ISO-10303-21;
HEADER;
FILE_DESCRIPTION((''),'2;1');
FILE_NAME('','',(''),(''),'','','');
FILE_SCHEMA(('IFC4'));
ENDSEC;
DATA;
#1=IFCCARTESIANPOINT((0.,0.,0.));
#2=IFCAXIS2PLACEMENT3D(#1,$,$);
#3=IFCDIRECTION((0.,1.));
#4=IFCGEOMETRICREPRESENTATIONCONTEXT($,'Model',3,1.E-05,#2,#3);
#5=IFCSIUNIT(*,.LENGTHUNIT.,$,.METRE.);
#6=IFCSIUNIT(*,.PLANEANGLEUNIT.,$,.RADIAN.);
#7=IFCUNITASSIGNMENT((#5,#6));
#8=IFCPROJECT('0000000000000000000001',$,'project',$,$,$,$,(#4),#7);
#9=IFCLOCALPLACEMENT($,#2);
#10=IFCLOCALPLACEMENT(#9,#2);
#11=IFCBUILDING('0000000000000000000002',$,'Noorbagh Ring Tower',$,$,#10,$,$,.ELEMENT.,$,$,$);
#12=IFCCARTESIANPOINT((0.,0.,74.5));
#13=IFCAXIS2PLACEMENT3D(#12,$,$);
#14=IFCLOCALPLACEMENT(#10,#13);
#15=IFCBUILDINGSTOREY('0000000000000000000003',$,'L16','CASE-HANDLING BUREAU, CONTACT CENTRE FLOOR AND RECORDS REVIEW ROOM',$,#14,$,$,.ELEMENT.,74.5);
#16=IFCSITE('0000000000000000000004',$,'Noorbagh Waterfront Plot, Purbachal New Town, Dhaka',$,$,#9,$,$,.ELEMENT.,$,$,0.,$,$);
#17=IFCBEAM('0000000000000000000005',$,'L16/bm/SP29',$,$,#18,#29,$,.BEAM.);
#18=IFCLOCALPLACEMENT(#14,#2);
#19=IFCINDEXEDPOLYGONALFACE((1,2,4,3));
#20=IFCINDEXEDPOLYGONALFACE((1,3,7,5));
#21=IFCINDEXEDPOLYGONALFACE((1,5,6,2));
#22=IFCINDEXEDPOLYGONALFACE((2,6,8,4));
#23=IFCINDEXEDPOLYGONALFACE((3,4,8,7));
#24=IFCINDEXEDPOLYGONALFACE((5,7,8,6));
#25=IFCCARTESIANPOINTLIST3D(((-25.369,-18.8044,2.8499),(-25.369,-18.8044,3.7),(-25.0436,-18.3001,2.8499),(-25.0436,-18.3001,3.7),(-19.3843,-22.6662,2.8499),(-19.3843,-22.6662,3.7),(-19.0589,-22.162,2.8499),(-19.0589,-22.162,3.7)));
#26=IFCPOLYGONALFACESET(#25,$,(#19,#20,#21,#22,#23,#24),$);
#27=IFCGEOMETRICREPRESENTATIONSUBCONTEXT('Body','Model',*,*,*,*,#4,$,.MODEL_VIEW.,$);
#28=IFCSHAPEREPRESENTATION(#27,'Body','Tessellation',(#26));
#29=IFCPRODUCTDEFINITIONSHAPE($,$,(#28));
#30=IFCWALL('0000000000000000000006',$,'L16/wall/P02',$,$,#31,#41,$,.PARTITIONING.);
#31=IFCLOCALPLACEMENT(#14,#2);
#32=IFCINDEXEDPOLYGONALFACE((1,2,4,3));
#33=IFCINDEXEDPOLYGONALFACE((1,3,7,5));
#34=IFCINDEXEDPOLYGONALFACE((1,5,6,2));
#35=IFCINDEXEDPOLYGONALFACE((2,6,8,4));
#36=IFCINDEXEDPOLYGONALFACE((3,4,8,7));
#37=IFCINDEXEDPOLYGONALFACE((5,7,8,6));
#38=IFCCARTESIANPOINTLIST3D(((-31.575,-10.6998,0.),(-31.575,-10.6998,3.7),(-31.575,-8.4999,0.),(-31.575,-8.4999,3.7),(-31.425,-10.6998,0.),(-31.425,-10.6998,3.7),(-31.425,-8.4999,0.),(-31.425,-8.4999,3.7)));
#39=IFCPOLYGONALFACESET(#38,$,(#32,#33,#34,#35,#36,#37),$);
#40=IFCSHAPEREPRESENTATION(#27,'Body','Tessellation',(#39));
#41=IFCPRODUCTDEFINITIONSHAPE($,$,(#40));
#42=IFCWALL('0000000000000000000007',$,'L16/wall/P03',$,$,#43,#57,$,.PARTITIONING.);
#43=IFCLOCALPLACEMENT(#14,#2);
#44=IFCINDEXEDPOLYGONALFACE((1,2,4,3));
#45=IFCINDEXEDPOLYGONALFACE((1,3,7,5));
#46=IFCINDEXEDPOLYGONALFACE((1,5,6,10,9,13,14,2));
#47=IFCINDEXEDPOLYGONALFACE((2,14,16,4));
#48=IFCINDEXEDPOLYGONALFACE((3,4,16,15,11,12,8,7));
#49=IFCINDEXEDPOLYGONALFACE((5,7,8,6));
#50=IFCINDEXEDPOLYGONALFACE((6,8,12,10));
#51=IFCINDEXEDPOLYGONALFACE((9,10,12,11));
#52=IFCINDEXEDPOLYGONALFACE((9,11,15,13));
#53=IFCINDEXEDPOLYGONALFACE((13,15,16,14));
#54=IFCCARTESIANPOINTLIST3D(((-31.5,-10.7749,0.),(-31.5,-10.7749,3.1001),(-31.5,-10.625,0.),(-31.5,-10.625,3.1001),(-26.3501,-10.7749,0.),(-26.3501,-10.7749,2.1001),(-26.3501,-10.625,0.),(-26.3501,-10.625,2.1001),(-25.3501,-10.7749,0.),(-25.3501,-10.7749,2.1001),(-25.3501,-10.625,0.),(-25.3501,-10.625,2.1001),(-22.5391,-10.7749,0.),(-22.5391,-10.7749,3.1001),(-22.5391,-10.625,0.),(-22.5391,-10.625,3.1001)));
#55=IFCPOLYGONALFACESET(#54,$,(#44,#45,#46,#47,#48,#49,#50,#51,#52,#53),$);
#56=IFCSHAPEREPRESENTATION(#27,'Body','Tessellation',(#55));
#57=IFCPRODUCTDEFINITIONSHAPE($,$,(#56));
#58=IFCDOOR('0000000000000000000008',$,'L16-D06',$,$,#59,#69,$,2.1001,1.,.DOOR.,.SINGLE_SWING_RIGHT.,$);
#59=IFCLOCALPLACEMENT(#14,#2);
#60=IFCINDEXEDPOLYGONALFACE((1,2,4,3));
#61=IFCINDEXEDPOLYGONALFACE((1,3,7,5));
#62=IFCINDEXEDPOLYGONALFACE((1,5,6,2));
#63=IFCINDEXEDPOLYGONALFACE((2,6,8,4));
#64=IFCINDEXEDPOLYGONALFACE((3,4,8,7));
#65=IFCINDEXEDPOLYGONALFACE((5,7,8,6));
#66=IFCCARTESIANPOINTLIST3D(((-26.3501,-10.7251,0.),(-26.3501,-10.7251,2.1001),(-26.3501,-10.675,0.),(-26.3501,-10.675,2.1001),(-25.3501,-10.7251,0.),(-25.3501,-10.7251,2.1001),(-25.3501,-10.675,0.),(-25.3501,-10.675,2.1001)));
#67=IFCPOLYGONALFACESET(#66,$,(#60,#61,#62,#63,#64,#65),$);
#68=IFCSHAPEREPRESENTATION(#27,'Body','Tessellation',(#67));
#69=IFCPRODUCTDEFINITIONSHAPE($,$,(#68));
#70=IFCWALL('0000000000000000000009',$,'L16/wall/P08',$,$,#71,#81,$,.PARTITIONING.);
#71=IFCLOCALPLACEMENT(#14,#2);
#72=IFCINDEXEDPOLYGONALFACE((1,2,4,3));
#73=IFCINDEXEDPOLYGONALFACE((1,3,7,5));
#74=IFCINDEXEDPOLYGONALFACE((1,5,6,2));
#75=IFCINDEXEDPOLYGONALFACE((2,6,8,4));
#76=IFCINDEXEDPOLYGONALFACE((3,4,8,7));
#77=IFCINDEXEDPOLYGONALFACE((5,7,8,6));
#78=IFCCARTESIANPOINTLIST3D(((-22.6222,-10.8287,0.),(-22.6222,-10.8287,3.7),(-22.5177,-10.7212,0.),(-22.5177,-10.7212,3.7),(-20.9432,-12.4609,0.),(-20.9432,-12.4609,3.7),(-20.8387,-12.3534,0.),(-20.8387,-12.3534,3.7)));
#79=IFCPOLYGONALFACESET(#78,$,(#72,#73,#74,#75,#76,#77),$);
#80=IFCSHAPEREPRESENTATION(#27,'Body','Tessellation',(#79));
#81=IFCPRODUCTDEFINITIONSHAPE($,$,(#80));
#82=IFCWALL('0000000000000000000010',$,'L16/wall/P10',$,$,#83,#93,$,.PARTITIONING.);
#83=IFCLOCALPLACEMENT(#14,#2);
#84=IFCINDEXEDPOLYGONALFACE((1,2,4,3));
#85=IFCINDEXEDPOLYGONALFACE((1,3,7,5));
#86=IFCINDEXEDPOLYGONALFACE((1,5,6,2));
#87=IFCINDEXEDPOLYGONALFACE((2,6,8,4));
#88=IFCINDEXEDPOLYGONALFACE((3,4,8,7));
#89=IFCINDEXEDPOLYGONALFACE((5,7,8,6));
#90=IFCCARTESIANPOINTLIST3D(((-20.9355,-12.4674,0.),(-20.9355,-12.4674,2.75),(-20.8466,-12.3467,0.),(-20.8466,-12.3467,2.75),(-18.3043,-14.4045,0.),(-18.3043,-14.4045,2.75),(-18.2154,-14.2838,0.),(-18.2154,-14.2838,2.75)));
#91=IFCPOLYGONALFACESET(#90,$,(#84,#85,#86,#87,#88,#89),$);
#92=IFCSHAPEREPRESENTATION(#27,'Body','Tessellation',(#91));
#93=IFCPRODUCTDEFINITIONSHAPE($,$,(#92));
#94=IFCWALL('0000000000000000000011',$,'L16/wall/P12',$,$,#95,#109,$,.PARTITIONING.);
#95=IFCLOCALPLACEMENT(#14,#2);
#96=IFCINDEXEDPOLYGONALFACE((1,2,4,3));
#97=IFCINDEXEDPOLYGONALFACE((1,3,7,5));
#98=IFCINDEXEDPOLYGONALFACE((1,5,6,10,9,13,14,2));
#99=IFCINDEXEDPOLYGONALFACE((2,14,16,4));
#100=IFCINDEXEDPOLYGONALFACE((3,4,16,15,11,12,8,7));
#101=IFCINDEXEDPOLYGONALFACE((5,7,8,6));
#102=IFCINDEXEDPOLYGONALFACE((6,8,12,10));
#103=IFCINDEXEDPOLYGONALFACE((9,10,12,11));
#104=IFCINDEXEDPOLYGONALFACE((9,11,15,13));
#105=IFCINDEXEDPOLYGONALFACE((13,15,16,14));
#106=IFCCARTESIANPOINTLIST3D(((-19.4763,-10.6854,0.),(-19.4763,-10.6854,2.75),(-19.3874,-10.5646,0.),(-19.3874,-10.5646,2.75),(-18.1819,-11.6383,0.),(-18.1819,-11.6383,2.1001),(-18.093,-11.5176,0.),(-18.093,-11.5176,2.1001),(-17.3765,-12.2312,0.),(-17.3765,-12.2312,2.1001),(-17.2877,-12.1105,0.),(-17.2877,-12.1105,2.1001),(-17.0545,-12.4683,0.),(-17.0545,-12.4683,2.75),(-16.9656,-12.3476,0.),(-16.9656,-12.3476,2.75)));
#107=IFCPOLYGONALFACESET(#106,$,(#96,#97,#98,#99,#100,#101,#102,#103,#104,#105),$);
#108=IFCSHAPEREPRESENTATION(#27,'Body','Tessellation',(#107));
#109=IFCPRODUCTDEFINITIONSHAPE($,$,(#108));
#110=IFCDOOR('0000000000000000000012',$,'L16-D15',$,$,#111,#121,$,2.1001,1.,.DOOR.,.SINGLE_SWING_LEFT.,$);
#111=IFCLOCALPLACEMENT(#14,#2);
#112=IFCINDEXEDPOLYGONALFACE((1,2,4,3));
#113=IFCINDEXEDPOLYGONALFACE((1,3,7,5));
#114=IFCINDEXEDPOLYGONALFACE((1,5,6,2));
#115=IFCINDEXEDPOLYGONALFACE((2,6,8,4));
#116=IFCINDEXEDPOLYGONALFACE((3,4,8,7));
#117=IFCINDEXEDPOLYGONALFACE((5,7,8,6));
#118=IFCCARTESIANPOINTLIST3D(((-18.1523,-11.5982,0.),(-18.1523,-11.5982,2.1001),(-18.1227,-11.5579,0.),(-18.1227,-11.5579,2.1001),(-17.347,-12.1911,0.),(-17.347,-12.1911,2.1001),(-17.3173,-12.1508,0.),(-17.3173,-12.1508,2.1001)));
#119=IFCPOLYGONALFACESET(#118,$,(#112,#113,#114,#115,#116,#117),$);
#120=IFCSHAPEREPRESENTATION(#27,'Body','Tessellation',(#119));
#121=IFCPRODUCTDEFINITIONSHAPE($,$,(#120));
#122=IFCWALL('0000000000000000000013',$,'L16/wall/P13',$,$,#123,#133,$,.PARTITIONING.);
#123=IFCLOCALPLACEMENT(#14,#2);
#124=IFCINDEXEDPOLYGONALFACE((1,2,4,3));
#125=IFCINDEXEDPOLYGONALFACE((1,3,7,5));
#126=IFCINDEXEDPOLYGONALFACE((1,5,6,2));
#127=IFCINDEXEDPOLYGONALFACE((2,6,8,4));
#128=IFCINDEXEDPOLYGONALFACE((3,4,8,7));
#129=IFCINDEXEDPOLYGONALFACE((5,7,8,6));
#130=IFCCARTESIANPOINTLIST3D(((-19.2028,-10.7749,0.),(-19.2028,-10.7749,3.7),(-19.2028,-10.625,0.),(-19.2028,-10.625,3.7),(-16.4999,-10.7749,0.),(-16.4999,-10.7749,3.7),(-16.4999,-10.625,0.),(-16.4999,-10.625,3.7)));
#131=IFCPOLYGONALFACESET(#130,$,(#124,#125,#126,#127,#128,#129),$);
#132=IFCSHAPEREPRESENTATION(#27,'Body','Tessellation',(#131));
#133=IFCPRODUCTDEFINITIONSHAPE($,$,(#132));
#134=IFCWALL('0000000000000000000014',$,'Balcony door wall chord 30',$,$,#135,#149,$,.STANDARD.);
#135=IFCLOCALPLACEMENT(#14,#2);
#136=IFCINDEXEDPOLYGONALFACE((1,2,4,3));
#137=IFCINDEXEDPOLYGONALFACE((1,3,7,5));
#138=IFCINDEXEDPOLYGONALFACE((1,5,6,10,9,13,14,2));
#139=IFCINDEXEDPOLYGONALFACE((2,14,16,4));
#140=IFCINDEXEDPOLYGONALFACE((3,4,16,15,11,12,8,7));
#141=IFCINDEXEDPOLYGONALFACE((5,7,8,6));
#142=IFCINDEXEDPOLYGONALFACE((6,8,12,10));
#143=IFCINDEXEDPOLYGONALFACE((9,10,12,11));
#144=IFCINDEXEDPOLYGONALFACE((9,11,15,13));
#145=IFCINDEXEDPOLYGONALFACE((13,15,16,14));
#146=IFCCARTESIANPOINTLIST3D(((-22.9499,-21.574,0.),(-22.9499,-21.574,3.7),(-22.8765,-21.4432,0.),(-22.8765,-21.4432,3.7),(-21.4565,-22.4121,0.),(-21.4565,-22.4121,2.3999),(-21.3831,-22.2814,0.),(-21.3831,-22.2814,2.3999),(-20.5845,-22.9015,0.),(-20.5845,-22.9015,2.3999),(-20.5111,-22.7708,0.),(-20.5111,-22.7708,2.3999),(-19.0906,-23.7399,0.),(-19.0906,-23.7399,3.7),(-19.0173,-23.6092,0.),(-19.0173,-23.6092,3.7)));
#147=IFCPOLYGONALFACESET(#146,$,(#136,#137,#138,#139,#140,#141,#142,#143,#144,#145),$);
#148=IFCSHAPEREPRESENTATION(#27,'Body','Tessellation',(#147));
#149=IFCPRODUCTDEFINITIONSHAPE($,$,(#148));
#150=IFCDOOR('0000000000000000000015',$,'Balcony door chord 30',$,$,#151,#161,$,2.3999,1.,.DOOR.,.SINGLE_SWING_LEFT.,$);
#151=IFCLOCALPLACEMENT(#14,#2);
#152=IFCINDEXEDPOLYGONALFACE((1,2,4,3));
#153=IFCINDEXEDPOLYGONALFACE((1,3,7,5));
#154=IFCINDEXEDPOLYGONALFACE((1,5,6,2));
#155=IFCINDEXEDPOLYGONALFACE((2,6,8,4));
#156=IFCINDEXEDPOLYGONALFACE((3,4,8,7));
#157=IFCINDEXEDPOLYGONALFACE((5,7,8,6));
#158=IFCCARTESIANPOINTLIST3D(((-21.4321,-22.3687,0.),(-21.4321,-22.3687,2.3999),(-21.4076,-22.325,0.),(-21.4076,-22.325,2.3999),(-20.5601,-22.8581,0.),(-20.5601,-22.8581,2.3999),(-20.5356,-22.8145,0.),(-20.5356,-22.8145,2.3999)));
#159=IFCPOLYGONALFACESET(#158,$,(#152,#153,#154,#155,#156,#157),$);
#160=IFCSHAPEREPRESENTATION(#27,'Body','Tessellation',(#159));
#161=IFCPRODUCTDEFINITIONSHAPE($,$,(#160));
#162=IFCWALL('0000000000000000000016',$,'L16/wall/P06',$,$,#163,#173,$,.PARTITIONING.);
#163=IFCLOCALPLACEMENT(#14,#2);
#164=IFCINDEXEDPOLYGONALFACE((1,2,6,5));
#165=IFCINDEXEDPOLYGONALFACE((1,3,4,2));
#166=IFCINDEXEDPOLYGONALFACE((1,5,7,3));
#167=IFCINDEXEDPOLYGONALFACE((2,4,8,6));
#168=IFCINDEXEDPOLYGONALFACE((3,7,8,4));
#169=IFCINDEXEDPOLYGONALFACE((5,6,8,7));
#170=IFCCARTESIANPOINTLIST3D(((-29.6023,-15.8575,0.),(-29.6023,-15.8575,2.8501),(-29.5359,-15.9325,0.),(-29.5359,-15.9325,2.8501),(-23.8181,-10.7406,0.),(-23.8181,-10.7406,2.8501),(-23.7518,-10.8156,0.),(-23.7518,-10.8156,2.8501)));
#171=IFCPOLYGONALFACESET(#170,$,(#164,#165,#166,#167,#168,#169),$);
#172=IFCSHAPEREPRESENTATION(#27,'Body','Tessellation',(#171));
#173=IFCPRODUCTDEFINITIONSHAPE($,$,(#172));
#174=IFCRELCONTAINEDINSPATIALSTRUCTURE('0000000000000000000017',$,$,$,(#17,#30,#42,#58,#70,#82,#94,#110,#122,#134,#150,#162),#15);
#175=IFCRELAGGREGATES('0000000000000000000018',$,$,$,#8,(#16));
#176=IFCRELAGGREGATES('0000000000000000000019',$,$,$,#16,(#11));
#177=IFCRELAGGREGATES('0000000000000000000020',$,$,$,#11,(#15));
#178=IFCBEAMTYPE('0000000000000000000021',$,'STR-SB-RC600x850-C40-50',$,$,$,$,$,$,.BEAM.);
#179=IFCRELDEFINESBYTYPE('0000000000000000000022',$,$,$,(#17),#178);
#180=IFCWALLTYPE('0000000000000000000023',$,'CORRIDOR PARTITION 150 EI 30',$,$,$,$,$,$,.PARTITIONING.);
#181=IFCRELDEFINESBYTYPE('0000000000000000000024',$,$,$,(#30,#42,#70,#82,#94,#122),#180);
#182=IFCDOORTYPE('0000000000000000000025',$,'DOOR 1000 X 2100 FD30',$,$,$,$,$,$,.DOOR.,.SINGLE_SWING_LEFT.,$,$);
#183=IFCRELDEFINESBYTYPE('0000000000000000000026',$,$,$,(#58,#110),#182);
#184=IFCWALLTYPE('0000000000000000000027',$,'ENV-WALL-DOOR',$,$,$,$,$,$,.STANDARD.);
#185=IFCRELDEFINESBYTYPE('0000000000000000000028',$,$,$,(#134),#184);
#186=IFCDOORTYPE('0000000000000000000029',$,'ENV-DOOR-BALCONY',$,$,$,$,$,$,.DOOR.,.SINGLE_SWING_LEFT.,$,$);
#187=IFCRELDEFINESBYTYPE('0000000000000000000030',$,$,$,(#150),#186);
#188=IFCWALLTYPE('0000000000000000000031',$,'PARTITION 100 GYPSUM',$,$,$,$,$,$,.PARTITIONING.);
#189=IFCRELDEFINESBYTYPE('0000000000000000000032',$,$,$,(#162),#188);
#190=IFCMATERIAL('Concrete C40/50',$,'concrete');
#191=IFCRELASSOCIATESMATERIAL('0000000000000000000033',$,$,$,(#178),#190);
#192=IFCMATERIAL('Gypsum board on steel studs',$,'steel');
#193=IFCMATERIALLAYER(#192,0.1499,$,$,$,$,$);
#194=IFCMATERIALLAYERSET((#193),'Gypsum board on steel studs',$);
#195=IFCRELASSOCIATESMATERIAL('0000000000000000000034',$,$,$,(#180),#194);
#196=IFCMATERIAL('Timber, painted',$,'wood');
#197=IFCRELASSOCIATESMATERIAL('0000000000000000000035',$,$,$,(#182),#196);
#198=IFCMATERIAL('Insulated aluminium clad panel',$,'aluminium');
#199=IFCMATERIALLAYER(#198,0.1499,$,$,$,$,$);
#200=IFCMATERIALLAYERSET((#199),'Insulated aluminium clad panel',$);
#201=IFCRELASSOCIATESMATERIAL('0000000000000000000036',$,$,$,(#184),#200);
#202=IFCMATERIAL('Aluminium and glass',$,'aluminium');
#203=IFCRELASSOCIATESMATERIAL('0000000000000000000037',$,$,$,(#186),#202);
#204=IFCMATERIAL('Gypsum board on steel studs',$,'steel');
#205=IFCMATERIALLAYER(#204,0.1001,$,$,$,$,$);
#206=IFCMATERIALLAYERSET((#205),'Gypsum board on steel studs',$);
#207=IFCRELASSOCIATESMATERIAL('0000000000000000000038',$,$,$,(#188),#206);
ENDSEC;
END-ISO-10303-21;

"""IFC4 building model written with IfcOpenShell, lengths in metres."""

from ifc_helpers import new_model, si_unit, direction, frame, frame_2d, origin, origin_2d, place, context, subcontext, project, spatial, rectangle, extrude, material, layer, layer_set, material_profile, profile_set, type_object, element, fill, save


model = new_model("IFC4")

# Units and contexts
model_context = context("Model", 3, precision=1e-05, world=origin(), true_north=direction((0.0, 1.0)))
body_context = subcontext(model_context, "Body", "Model", "MODEL_VIEW")
ifc_project = project(units=[si_unit("LENGTHUNIT", "METRE"), si_unit("PLANEANGLEUNIT", "RADIAN")], contexts=[model_context])

# Site, building, storey
site_placement = place(None, origin())
site = spatial("IfcSite", under=ifc_project, at=site_placement, Name="Noorbagh Waterfront Plot, Purbachal New Town, Dhaka", CompositionType="ELEMENT", RefElevation=0.0)
building_placement = place(site_placement, origin())
building = spatial("IfcBuilding", under=site, at=building_placement, Name="Noorbagh Ring Tower", CompositionType="ELEMENT")
storey_placement = place(building_placement, frame((0.0, 0.0, 74.5)))
storey = spatial("IfcBuildingStorey", under=building, at=storey_placement, Name="L16", Description="CASE-HANDLING BUREAU, CONTACT CENTRE FLOOR AND RECORDS REVIEW ROOM", CompositionType="ELEMENT", Elevation=74.5)

# Beam
ifc_material_1 = material(Name="Concrete C40/50", Category="concrete")
ifc_material_profile_1 = material_profile(ifc_material_1, rectangle(XDim=0.6001, YDim=0.8501, at=origin_2d()), Name="RC600x850")
ifc_profile_set_1 = profile_set([ifc_material_profile_1], Name="Concrete C40/50")
beam_type_1 = type_object("IfcBeamType", Name="STR-SB-RC600x850-C40-50", PredefinedType="BEAM", material=ifc_profile_set_1)
beam_1_placement = place(storey_placement, frame((-25.2063, -18.5522, 3.2749), z_axis=(0.840247, -0.542203, 0.0), x_axis=(0.542203, 0.840247, 0.0)))
element("IfcBeam", 1, at=beam_1_placement, inside=storey, type_object=beam_type_1, Name="L16/bm/SP29", PredefinedType="BEAM", context=body_context, shape_type="SweptSolid", body=[
    extrude(rectangle(XDim=0.6001, YDim=0.8501, at=origin_2d()), origin(), (0.0, 0.0, 1.0), 7.1226),
])

# Wall
ifc_material_2 = material(Name="Gypsum board on steel studs", Category="steel")
ifc_layer_1 = layer(ifc_material_2, 0.1499)
ifc_layer_set_1 = layer_set([ifc_layer_1], Name="Gypsum board on steel studs")
wall_type_1 = type_object("IfcWallType", Name="CORRIDOR PARTITION 150 EI 30", PredefinedType="PARTITIONING", material=ifc_layer_set_1)
wall_1_placement = place(storey_placement, frame((-31.5, -10.7, 0.0), z_axis=(0.0, 0.0, 1.0), x_axis=(0.0, 1.0, 0.0)))
element("IfcWall", 2, at=wall_1_placement, inside=storey, type_object=wall_type_1, Name="L16/wall/P02", PredefinedType="PARTITIONING", context=body_context, shape_type="SweptSolid", body=[
    extrude(rectangle(XDim=2.2, YDim=0.1499, at=frame_2d((1.1001, 0.0))), origin(), (0.0, 0.0, 1.0), 3.7),
])

# Wall, opening, door
wall_2_placement = place(storey_placement, frame((-31.5, -10.7, 0.0), z_axis=(0.0, 0.0, 1.0), x_axis=(1.0, 0.0, 0.0)))
wall_2 = element("IfcWall", 3, at=wall_2_placement, inside=storey, type_object=wall_type_1, Name="L16/wall/P03", PredefinedType="PARTITIONING", context=body_context, shape_type="SweptSolid", body=[
    extrude(rectangle(XDim=8.9609, YDim=0.1499, at=frame_2d((4.4805, 0.0))), origin(), (0.0, 0.0, 1.0), 3.1001),
])
opening_1_placement = place(wall_2_placement, frame((5.1499, 0.0, 0.0)))
opening_1 = element("IfcOpeningElement", 4, at=opening_1_placement, cuts=wall_2, PredefinedType="OPENING", context=body_context, shape_type="SweptSolid", body=[
    extrude(rectangle(XDim=1.0, YDim=2.1001, at=frame_2d((0.5, 1.05))), frame((0.0, 0.085, 0.0), z_axis=(0.0, -1.0, 0.0), x_axis=(1.0, 0.0, 0.0)), (0.0, 0.0, 1.0), 0.1699),
])
ifc_material_3 = material(Name="Timber, painted", Category="wood")
door_type_1 = type_object("IfcDoorType", Name="DOOR 1000 X 2100 FD30", OperationType="SINGLE_SWING_LEFT", PredefinedType="DOOR", material=ifc_material_3)
door_1_placement = place(opening_1_placement, origin())
door_1 = element("IfcDoor", 5, at=door_1_placement, inside=storey, type_object=door_type_1, Name="L16-D06", OperationType="SINGLE_SWING_RIGHT", OverallHeight=2.1001, OverallWidth=1.0, PredefinedType="DOOR", context=body_context, shape_type="SweptSolid", body=[
    extrude(rectangle(XDim=1.0, YDim=2.1001, at=frame_2d((0.5, 1.05))), frame((0.0, 0.0249, 0.0), z_axis=(0.0, -1.0, 0.0), x_axis=(1.0, 0.0, 0.0)), (0.0, 0.0, 1.0), 0.05),
])
fill(opening_1, door_1)

# Walls
wall_3_placement = place(storey_placement, frame((-22.5701, -10.7749, 0.0), z_axis=(0.0, 0.0, 1.0), x_axis=(0.717046, -0.697026, 0.0)))
element("IfcWall", 6, at=wall_3_placement, inside=storey, type_object=wall_type_1, Name="L16/wall/P08", PredefinedType="PARTITIONING", context=body_context, shape_type="SweptSolid", body=[
    extrude(rectangle(XDim=2.3416, YDim=0.1499, at=frame_2d((1.1709, 0.0))), origin(), (0.0, 0.0, 1.0), 3.7),
])
wall_4_placement = place(storey_placement, frame((-20.8911, -12.407, 0.0), z_axis=(0.0, 0.0, 1.0), x_axis=(0.805304, -0.592863, 0.0)))
element("IfcWall", 7, at=wall_4_placement, inside=storey, type_object=wall_type_1, Name="L16/wall/P10", PredefinedType="PARTITIONING", context=body_context, shape_type="SweptSolid", body=[
    extrude(rectangle(XDim=3.2673, YDim=0.1499, at=frame_2d((1.6338, 0.0))), origin(), (0.0, 0.0, 1.0), 2.75),
])

# Wall, opening, door
wall_5_placement = place(storey_placement, frame((-19.4319, -10.625, 0.0), z_axis=(0.0, 0.0, 1.0), x_axis=(0.805307, -0.592858, 0.0)))
wall_5 = element("IfcWall", 8, at=wall_5_placement, inside=storey, type_object=wall_type_1, Name="L16/wall/P12", PredefinedType="PARTITIONING", context=body_context, shape_type="SweptSolid", body=[
    extrude(rectangle(XDim=3.0073, YDim=0.1499, at=frame_2d((1.5037, 0.0))), origin(), (0.0, 0.0, 1.0), 2.75),
])
opening_2_placement = place(wall_5_placement, frame((1.6074, 0.0, 0.0)))
opening_2 = element("IfcOpeningElement", 9, at=opening_2_placement, cuts=wall_5, PredefinedType="OPENING", context=body_context, shape_type="SweptSolid", body=[
    extrude(rectangle(XDim=1.0, YDim=2.1001, at=frame_2d((0.5, 1.05))), frame((0.0, 0.085, 0.0), z_axis=(0.0, -1.0, 0.0), x_axis=(1.0, 0.0, 0.0)), (0.0, 0.0, 1.0), 0.1699),
])
door_2_placement = place(opening_2_placement, origin())
door_2 = element("IfcDoor", 10, at=door_2_placement, inside=storey, type_object=door_type_1, Name="L16-D15", OperationType="SINGLE_SWING_LEFT", OverallHeight=2.1001, OverallWidth=1.0, PredefinedType="DOOR", context=body_context, shape_type="SweptSolid", body=[
    extrude(rectangle(XDim=1.0, YDim=2.1001, at=frame_2d((0.5, 1.05))), frame((0.0, 0.0249, 0.0), z_axis=(0.0, -1.0, 0.0), x_axis=(1.0, 0.0, 0.0)), (0.0, 0.0, 1.0), 0.05),
])
fill(opening_2, door_2)

# Wall
wall_6_placement = place(storey_placement, frame((-19.2029, -10.7, 0.0), z_axis=(0.0, 0.0, 1.0), x_axis=(1.0, 0.0, 0.0)))
element("IfcWall", 11, at=wall_6_placement, inside=storey, type_object=wall_type_1, Name="L16/wall/P13", PredefinedType="PARTITIONING", context=body_context, shape_type="SweptSolid", body=[
    extrude(rectangle(XDim=2.7029, YDim=0.1499, at=frame_2d((1.3516, 0.0))), origin(), (0.0, 0.0, 1.0), 3.7),
])

# Wall, opening, door
ifc_material_4 = material(Name="Insulated aluminium clad panel", Category="aluminium")
ifc_layer_2 = layer(ifc_material_4, 0.1499)
ifc_layer_set_2 = layer_set([ifc_layer_2], Name="Insulated aluminium clad panel")
wall_type_2 = type_object("IfcWallType", Name="ENV-WALL-DOOR", PredefinedType="STANDARD", material=ifc_layer_set_2)
wall_7_placement = place(storey_placement, frame((-22.9133, -21.5085, 0.0), z_axis=(0.0, 0.0, 1.0), x_axis=(0.872047, -0.489423, 0.0)))
wall_7 = element("IfcWall", 12, at=wall_7_placement, inside=storey, type_object=wall_type_2, Name="Balcony door wall chord 30", PredefinedType="STANDARD", context=body_context, shape_type="SweptSolid", body=[
    extrude(rectangle(XDim=4.4255, YDim=0.1499, at=frame_2d((2.2129, 0.0))), origin(), (0.0, 0.0, 1.0), 3.7),
])
opening_3_placement = place(wall_7_placement, frame((1.7126, 0.0, 0.0)))
opening_3 = element("IfcOpeningElement", 13, at=opening_3_placement, cuts=wall_7, PredefinedType="OPENING", context=body_context, shape_type="SweptSolid", body=[
    extrude(rectangle(XDim=1.0, YDim=2.3999, at=frame_2d((0.5, 1.2))), frame((0.0, 0.085, 0.0), z_axis=(0.0, -1.0, 0.0), x_axis=(1.0, 0.0, 0.0)), (0.0, 0.0, 1.0), 0.1699),
])
ifc_material_5 = material(Name="Aluminium and glass", Category="aluminium")
door_type_2 = type_object("IfcDoorType", Name="ENV-DOOR-BALCONY", OperationType="SINGLE_SWING_LEFT", PredefinedType="DOOR", material=ifc_material_5)
door_3_placement = place(opening_3_placement, origin())
door_3 = element("IfcDoor", 14, at=door_3_placement, inside=storey, type_object=door_type_2, Name="Balcony door chord 30", OperationType="SINGLE_SWING_LEFT", OverallHeight=2.3999, OverallWidth=1.0, PredefinedType="DOOR", context=body_context, shape_type="SweptSolid", body=[
    extrude(rectangle(XDim=1.0, YDim=2.3999, at=frame_2d((0.5, 1.2))), frame((0.0, 0.0249, 0.0), z_axis=(0.0, -1.0, 0.0), x_axis=(1.0, 0.0, 0.0)), (0.0, 0.0, 1.0), 0.05),
])
fill(opening_3, door_3)

# Wall
ifc_material_6 = material(Name="Gypsum board on steel studs", Category="steel")
ifc_layer_3 = layer(ifc_material_6, 0.1001)
ifc_layer_set_3 = layer_set([ifc_layer_3], Name="Gypsum board on steel studs")
wall_type_3 = type_object("IfcWallType", Name="PARTITION 100 GYPSUM", PredefinedType="PARTITIONING", material=ifc_layer_set_3)
wall_8_placement = place(storey_placement, frame((-29.5691, -15.895, 0.0), z_axis=(0.0, 0.0, 1.0), x_axis=(0.748986, 0.662586, 0.0)))
element("IfcWall", 15, at=wall_8_placement, inside=storey, type_object=wall_type_3, Name="L16/wall/P06", PredefinedType="PARTITIONING", context=body_context, shape_type="SweptSolid", body=[
    extrude(rectangle(XDim=7.7227, YDim=0.1001, at=frame_2d((3.8613, 0.0))), origin(), (0.0, 0.0, 1.0), 2.8501),
])

save(model, "model.ifc")
